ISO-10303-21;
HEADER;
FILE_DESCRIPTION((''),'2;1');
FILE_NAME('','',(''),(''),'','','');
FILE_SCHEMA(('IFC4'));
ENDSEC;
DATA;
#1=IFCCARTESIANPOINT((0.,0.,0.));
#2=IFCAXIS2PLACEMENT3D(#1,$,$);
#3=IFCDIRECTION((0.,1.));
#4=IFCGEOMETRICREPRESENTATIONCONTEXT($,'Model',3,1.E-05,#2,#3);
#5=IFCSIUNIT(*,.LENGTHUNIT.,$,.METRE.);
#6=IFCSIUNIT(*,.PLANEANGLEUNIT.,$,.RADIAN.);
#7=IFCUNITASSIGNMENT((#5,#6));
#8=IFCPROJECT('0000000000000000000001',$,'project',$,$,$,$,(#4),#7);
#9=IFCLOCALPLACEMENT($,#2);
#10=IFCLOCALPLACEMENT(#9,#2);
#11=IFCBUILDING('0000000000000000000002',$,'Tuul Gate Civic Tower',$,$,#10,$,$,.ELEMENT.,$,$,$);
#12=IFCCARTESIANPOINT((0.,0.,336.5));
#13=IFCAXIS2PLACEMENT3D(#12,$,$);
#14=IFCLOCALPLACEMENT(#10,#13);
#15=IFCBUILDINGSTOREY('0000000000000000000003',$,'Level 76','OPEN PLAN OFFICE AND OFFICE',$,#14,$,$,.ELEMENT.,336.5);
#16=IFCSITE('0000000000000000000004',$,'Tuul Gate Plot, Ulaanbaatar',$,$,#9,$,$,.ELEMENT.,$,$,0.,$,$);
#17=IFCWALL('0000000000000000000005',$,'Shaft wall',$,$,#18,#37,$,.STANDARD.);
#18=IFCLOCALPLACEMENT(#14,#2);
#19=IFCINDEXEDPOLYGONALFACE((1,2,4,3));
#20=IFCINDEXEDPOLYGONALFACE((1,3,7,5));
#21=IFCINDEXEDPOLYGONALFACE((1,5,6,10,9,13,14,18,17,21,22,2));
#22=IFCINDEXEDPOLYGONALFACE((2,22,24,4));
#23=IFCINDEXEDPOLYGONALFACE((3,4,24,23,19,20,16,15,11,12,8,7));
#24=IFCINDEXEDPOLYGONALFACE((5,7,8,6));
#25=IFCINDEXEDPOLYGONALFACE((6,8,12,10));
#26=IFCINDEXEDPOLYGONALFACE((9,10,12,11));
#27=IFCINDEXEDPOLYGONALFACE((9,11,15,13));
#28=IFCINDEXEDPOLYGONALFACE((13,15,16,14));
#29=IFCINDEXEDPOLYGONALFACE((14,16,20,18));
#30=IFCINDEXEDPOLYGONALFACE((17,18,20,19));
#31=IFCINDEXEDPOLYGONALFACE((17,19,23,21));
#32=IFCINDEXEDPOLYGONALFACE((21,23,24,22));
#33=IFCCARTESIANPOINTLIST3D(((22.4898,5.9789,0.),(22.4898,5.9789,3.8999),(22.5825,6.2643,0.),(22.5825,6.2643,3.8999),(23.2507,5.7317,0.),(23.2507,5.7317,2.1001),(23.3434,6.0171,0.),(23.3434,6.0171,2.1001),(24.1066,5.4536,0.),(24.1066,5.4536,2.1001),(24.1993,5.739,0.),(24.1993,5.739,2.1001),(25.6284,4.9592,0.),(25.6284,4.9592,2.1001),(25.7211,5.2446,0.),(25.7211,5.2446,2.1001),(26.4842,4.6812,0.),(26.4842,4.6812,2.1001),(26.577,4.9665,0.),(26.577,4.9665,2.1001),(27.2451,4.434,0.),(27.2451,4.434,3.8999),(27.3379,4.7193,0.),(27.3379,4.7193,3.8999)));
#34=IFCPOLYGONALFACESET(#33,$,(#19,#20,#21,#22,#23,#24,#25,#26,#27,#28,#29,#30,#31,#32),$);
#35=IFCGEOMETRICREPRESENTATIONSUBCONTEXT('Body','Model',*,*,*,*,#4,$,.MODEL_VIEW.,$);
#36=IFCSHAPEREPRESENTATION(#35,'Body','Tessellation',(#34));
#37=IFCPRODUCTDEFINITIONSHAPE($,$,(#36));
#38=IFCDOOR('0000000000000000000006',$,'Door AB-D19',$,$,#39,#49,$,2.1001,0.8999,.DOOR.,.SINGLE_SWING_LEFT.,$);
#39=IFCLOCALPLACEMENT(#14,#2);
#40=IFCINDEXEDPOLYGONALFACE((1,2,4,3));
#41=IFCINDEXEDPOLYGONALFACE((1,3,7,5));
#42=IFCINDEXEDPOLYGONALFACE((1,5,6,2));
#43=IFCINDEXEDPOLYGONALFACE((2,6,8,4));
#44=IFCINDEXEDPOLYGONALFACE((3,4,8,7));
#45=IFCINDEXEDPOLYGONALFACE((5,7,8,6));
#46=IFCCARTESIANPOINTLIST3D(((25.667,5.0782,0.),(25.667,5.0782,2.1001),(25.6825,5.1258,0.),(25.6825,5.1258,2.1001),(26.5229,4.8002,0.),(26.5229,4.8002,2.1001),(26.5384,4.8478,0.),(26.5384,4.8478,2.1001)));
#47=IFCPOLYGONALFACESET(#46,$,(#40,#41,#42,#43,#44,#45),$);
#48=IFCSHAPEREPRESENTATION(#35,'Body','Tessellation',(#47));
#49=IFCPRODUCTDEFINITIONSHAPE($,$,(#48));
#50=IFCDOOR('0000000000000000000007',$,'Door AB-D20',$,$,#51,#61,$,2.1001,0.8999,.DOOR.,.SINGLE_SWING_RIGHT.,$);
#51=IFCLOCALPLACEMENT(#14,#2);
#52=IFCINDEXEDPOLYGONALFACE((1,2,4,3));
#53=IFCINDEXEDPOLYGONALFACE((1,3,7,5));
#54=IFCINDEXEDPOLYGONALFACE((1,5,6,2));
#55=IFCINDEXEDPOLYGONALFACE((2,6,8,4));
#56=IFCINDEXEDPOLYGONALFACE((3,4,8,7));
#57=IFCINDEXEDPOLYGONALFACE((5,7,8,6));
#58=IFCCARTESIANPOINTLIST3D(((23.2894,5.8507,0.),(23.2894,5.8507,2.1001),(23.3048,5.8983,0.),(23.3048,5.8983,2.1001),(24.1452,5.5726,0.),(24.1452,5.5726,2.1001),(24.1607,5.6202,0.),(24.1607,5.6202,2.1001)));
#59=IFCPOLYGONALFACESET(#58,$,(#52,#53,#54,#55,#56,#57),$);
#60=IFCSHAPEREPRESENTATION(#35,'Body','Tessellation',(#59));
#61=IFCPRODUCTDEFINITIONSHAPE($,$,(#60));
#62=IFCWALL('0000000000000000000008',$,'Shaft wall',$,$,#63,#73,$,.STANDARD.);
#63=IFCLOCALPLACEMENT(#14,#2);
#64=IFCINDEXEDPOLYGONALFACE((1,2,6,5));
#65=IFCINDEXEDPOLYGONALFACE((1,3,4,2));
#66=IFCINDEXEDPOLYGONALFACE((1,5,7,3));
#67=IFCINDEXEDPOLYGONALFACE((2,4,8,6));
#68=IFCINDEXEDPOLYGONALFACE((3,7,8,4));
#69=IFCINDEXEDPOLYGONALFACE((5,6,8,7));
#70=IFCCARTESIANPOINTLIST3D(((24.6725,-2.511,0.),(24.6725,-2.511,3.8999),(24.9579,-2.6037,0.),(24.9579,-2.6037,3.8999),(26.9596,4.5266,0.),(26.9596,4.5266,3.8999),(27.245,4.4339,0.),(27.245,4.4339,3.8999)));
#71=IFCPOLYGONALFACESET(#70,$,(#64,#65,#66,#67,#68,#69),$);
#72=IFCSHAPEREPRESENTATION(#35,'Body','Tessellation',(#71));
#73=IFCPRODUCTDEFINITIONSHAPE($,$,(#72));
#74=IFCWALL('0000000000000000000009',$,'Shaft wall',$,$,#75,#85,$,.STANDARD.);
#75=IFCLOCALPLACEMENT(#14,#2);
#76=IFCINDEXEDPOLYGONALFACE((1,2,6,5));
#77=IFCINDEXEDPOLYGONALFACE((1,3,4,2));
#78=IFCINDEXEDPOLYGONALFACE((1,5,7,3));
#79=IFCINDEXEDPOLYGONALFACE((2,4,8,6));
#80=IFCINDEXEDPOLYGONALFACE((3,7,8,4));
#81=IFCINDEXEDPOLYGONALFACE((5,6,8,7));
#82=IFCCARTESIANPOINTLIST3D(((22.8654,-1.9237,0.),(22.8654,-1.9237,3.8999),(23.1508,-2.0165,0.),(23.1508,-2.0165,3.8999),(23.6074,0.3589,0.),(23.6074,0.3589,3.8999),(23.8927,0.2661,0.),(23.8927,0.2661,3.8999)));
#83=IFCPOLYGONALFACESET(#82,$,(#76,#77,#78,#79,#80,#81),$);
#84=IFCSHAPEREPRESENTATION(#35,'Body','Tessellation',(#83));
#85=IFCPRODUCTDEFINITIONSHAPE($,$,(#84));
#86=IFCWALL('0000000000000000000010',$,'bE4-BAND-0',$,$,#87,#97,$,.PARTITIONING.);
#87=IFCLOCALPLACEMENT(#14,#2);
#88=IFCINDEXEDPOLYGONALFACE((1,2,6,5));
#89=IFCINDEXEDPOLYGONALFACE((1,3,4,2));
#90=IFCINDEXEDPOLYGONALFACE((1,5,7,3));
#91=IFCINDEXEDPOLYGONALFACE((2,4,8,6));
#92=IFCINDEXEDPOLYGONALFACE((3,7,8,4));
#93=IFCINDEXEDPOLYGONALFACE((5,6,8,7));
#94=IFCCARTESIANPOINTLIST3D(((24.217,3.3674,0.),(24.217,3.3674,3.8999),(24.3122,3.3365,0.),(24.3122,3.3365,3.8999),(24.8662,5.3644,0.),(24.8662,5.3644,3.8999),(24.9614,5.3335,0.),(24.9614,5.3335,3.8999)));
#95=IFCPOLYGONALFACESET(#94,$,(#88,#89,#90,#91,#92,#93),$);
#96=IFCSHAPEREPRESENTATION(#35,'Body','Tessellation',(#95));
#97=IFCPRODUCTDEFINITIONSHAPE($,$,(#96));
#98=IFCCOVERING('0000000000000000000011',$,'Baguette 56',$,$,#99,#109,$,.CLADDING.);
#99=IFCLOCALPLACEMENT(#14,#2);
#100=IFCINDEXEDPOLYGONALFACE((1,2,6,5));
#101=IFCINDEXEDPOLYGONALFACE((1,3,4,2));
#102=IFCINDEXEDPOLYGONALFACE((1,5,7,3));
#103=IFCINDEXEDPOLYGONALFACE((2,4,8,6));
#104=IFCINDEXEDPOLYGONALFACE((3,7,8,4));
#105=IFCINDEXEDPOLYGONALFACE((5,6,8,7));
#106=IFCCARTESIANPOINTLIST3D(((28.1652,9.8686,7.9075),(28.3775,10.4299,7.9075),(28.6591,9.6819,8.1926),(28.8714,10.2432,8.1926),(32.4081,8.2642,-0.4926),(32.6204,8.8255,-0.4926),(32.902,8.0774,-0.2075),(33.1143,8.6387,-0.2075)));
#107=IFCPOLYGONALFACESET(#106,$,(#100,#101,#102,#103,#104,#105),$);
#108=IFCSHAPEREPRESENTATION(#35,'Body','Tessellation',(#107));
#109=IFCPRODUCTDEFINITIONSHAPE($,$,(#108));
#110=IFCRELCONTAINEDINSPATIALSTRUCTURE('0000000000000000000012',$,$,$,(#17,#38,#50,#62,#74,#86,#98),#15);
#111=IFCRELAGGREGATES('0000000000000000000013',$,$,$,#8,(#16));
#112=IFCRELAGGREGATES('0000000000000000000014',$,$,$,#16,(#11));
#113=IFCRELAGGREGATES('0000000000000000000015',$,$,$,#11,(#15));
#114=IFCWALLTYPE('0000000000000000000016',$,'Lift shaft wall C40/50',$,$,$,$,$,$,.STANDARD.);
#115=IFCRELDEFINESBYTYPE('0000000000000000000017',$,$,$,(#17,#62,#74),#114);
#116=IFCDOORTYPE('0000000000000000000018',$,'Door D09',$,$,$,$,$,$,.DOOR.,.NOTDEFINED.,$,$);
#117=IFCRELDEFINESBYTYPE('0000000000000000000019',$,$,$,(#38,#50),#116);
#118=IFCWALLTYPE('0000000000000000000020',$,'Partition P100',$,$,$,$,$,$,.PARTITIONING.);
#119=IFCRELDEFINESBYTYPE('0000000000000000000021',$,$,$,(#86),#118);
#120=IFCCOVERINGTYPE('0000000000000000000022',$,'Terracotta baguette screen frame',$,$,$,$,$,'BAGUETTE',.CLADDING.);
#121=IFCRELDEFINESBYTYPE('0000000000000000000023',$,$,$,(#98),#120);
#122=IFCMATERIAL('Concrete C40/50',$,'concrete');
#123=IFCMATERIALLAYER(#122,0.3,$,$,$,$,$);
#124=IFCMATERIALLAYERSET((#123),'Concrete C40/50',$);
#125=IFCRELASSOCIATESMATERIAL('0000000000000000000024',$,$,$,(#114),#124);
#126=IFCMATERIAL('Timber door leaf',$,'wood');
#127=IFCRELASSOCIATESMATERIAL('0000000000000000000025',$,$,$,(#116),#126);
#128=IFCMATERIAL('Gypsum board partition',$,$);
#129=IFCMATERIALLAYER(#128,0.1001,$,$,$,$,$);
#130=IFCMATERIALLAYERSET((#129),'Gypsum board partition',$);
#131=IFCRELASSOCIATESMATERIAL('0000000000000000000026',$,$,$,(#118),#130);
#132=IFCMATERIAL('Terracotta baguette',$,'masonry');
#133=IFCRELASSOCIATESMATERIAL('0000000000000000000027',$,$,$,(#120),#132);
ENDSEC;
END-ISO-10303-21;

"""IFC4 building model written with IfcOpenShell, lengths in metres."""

from ifc_helpers import new_model, si_unit, direction, frame, frame_2d, origin, origin_2d, place, context, subcontext, project, spatial, rectangle, extrude, material, layer, layer_set, material_profile, profile_set, type_object, element, fill, save


model = new_model("IFC4")

# Units and contexts
model_context = context("Model", 3, precision=1e-05, world=origin(), true_north=direction((0.0, 1.0)))
body_context = subcontext(model_context, "Body", "Model", "MODEL_VIEW")
ifc_project = project(units=[si_unit("LENGTHUNIT", "METRE"), si_unit("PLANEANGLEUNIT", "RADIAN")], contexts=[model_context])

# Site, building, storey
site_placement = place(None, origin())
site = spatial("IfcSite", under=ifc_project, at=site_placement, Name="Tuul Gate Plot, Ulaanbaatar", CompositionType="ELEMENT", RefElevation=0.0)
building_placement = place(site_placement, origin())
building = spatial("IfcBuilding", under=site, at=building_placement, Name="Tuul Gate Civic Tower", CompositionType="ELEMENT")
storey_placement = place(building_placement, frame((0.0, 0.0, 336.5)))
storey = spatial("IfcBuildingStorey", under=building, at=storey_placement, Name="Level 76", Description="OPEN PLAN OFFICE AND OFFICE", CompositionType="ELEMENT", Elevation=336.5)

# Shared definitions
ifc_material_1 = material(Name="Concrete C40/50", Category="concrete")
ifc_layer_1 = layer(ifc_material_1, 0.3)
ifc_layer_set_1 = layer_set([ifc_layer_1], Name="Concrete C40/50")
wall_type_1 = type_object("IfcWallType", Name="Lift shaft wall C40/50", PredefinedType="STANDARD", material=ifc_layer_set_1)

# Wall, openings, doors
wall_1_placement = place(storey_placement, frame((27.2915, 4.5767, 0.0), z_axis=(0.0, 0.0, 1.0), x_axis=(-0.951068, 0.308982, 0.0)))
wall_1 = element("IfcWall", 1, at=wall_1_placement, inside=storey, type_object=wall_type_1, Name="Shaft wall", PredefinedType="STANDARD", context=body_context, shape_type="SweptSolid", body=[
    extrude(rectangle(XDim=5.0, YDim=0.3, at=frame_2d((2.5, 0.0))), origin(), (0.0, 0.0, 1.0), 3.8999),
])
opening_1_placement = place(wall_1_placement, frame((0.8, 0.0, 0.0)))
opening_1 = element("IfcOpeningElement", 2, at=opening_1_placement, cuts=wall_1, PredefinedType="OPENING", context=body_context, shape_type="SweptSolid", body=[
    extrude(rectangle(XDim=0.8999, YDim=2.1001, at=frame_2d((0.45, 1.05))), frame((0.0, 0.1602, 0.0), z_axis=(0.0, -1.0, 0.0), x_axis=(1.0, 0.0, 0.0)), (0.0, 0.0, 1.0), 0.3201),
])
opening_2_placement = place(wall_1_placement, frame((3.3, 0.0, 0.0)))
opening_2 = element("IfcOpeningElement", 3, at=opening_2_placement, cuts=wall_1, PredefinedType="OPENING", context=body_context, shape_type="SweptSolid", body=[
    extrude(rectangle(XDim=0.8999, YDim=2.1001, at=frame_2d((0.45, 1.05))), frame((0.0, 0.1602, 0.0), z_axis=(0.0, -1.0, 0.0), x_axis=(1.0, 0.0, 0.0)), (0.0, 0.0, 1.0), 0.3201),
])
ifc_material_2 = material(Name="Timber door leaf", Category="wood")
door_type_1 = type_object("IfcDoorType", Name="Door D09", OperationType="NOTDEFINED", PredefinedType="DOOR", material=ifc_material_2)
door_1_placement = place(opening_1_placement, origin())
door_1 = element("IfcDoor", 4, at=door_1_placement, inside=storey, type_object=door_type_1, Name="Door AB-D19", OperationType="SINGLE_SWING_LEFT", OverallHeight=2.1001, OverallWidth=0.8999, PredefinedType="DOOR", context=body_context, shape_type="SweptSolid", body=[
    extrude(rectangle(XDim=0.8999, YDim=2.1001, at=frame_2d((0.45, 1.05))), frame((0.0, 0.0249, 0.0), z_axis=(0.0, -1.0, 0.0), x_axis=(1.0, 0.0, 0.0)), (0.0, 0.0, 1.0), 0.05),
])
fill(opening_1, door_1)
door_2_placement = place(opening_2_placement, origin())
door_2 = element("IfcDoor", 5, at=door_2_placement, inside=storey, type_object=door_type_1, Name="Door AB-D20", OperationType="SINGLE_SWING_RIGHT", OverallHeight=2.1001, OverallWidth=0.8999, PredefinedType="DOOR", context=body_context, shape_type="SweptSolid", body=[
    extrude(rectangle(XDim=0.8999, YDim=2.1001, at=frame_2d((0.45, 1.05))), frame((0.0, 0.0249, 0.0), z_axis=(0.0, -1.0, 0.0), x_axis=(1.0, 0.0, 0.0)), (0.0, 0.0, 1.0), 0.05),
])
fill(opening_2, door_2)

# Walls
wall_2_placement = place(storey_placement, frame((24.8152, -2.5574, 0.0), z_axis=(0.0, 0.0, 1.0), x_axis=(0.309073, 0.951038, 0.0)))
element("IfcWall", 6, at=wall_2_placement, inside=storey, type_object=wall_type_1, Name="Shaft wall", PredefinedType="STANDARD", context=body_context, shape_type="SweptSolid", body=[
    extrude(rectangle(XDim=7.3999, YDim=0.3, at=frame_2d((3.7, 0.0))), origin(), (0.0, 0.0, 1.0), 3.8999),
])
wall_3_placement = place(storey_placement, frame((23.0081, -1.9702, 0.0), z_axis=(0.0, 0.0, 1.0), x_axis=(0.309139, 0.951017, 0.0)))
element("IfcWall", 7, at=wall_3_placement, inside=storey, type_object=wall_type_1, Name="Shaft wall", PredefinedType="STANDARD", context=body_context, shape_type="SweptSolid", body=[
    extrude(rectangle(XDim=2.4001, YDim=0.3, at=frame_2d((1.2002, 0.0))), origin(), (0.0, 0.0, 1.0), 3.8999),
])
ifc_material_3 = material(Name="Gypsum board partition")
ifc_layer_2 = layer(ifc_material_3, 0.1001)
ifc_layer_set_2 = layer_set([ifc_layer_2], Name="Gypsum board partition")
wall_type_2 = type_object("IfcWallType", Name="Partition P100", PredefinedType="PARTITIONING", material=ifc_layer_set_2)
wall_4_placement = place(storey_placement, frame((24.2646, 3.3521, 0.0), z_axis=(0.0, 0.0, 1.0), x_axis=(0.309139, 0.951017, 0.0)))
element("IfcWall", 8, at=wall_4_placement, inside=storey, type_object=wall_type_2, Name="bE4-BAND-0", PredefinedType="PARTITIONING", context=body_context, shape_type="SweptSolid", body=[
    extrude(rectangle(XDim=2.0999, YDim=0.1001, at=frame_2d((1.0498, 0.0))), origin(), (0.0, 0.0, 1.0), 3.8999),
])

# Covering
ifc_material_4 = material(Name="Terracotta baguette", Category="masonry")
ifc_material_profile_1 = material_profile(ifc_material_4, rectangle(XDim=0.6001, YDim=0.6001, at=origin_2d()), Name="Terracotta baguette screen frame")
ifc_profile_set_1 = profile_set([ifc_material_profile_1], Name="Terracotta baguette")
covering_type = type_object("IfcCoveringType", Name="Terracotta baguette screen frame", ElementType="BAGUETTE", PredefinedType="CLADDING", material=ifc_profile_set_1)
covering_placement = place(storey_placement, frame((28.5183, 10.0559, 8.05), z_axis=(0.444439, -0.168068, -0.879902), x_axis=(0.353711, 0.935355, 0.0)))
element("IfcCovering", 9, at=covering_placement, inside=storey, type_object=covering_type, Name="Baguette 56", PredefinedType="CLADDING", context=body_context, shape_type="SweptSolid", body=[
    extrude(rectangle(XDim=0.6001, YDim=0.6001, at=origin_2d()), origin(), (0.0, 0.0, 1.0), 9.5466),
])

save(model, "model.ifc")
